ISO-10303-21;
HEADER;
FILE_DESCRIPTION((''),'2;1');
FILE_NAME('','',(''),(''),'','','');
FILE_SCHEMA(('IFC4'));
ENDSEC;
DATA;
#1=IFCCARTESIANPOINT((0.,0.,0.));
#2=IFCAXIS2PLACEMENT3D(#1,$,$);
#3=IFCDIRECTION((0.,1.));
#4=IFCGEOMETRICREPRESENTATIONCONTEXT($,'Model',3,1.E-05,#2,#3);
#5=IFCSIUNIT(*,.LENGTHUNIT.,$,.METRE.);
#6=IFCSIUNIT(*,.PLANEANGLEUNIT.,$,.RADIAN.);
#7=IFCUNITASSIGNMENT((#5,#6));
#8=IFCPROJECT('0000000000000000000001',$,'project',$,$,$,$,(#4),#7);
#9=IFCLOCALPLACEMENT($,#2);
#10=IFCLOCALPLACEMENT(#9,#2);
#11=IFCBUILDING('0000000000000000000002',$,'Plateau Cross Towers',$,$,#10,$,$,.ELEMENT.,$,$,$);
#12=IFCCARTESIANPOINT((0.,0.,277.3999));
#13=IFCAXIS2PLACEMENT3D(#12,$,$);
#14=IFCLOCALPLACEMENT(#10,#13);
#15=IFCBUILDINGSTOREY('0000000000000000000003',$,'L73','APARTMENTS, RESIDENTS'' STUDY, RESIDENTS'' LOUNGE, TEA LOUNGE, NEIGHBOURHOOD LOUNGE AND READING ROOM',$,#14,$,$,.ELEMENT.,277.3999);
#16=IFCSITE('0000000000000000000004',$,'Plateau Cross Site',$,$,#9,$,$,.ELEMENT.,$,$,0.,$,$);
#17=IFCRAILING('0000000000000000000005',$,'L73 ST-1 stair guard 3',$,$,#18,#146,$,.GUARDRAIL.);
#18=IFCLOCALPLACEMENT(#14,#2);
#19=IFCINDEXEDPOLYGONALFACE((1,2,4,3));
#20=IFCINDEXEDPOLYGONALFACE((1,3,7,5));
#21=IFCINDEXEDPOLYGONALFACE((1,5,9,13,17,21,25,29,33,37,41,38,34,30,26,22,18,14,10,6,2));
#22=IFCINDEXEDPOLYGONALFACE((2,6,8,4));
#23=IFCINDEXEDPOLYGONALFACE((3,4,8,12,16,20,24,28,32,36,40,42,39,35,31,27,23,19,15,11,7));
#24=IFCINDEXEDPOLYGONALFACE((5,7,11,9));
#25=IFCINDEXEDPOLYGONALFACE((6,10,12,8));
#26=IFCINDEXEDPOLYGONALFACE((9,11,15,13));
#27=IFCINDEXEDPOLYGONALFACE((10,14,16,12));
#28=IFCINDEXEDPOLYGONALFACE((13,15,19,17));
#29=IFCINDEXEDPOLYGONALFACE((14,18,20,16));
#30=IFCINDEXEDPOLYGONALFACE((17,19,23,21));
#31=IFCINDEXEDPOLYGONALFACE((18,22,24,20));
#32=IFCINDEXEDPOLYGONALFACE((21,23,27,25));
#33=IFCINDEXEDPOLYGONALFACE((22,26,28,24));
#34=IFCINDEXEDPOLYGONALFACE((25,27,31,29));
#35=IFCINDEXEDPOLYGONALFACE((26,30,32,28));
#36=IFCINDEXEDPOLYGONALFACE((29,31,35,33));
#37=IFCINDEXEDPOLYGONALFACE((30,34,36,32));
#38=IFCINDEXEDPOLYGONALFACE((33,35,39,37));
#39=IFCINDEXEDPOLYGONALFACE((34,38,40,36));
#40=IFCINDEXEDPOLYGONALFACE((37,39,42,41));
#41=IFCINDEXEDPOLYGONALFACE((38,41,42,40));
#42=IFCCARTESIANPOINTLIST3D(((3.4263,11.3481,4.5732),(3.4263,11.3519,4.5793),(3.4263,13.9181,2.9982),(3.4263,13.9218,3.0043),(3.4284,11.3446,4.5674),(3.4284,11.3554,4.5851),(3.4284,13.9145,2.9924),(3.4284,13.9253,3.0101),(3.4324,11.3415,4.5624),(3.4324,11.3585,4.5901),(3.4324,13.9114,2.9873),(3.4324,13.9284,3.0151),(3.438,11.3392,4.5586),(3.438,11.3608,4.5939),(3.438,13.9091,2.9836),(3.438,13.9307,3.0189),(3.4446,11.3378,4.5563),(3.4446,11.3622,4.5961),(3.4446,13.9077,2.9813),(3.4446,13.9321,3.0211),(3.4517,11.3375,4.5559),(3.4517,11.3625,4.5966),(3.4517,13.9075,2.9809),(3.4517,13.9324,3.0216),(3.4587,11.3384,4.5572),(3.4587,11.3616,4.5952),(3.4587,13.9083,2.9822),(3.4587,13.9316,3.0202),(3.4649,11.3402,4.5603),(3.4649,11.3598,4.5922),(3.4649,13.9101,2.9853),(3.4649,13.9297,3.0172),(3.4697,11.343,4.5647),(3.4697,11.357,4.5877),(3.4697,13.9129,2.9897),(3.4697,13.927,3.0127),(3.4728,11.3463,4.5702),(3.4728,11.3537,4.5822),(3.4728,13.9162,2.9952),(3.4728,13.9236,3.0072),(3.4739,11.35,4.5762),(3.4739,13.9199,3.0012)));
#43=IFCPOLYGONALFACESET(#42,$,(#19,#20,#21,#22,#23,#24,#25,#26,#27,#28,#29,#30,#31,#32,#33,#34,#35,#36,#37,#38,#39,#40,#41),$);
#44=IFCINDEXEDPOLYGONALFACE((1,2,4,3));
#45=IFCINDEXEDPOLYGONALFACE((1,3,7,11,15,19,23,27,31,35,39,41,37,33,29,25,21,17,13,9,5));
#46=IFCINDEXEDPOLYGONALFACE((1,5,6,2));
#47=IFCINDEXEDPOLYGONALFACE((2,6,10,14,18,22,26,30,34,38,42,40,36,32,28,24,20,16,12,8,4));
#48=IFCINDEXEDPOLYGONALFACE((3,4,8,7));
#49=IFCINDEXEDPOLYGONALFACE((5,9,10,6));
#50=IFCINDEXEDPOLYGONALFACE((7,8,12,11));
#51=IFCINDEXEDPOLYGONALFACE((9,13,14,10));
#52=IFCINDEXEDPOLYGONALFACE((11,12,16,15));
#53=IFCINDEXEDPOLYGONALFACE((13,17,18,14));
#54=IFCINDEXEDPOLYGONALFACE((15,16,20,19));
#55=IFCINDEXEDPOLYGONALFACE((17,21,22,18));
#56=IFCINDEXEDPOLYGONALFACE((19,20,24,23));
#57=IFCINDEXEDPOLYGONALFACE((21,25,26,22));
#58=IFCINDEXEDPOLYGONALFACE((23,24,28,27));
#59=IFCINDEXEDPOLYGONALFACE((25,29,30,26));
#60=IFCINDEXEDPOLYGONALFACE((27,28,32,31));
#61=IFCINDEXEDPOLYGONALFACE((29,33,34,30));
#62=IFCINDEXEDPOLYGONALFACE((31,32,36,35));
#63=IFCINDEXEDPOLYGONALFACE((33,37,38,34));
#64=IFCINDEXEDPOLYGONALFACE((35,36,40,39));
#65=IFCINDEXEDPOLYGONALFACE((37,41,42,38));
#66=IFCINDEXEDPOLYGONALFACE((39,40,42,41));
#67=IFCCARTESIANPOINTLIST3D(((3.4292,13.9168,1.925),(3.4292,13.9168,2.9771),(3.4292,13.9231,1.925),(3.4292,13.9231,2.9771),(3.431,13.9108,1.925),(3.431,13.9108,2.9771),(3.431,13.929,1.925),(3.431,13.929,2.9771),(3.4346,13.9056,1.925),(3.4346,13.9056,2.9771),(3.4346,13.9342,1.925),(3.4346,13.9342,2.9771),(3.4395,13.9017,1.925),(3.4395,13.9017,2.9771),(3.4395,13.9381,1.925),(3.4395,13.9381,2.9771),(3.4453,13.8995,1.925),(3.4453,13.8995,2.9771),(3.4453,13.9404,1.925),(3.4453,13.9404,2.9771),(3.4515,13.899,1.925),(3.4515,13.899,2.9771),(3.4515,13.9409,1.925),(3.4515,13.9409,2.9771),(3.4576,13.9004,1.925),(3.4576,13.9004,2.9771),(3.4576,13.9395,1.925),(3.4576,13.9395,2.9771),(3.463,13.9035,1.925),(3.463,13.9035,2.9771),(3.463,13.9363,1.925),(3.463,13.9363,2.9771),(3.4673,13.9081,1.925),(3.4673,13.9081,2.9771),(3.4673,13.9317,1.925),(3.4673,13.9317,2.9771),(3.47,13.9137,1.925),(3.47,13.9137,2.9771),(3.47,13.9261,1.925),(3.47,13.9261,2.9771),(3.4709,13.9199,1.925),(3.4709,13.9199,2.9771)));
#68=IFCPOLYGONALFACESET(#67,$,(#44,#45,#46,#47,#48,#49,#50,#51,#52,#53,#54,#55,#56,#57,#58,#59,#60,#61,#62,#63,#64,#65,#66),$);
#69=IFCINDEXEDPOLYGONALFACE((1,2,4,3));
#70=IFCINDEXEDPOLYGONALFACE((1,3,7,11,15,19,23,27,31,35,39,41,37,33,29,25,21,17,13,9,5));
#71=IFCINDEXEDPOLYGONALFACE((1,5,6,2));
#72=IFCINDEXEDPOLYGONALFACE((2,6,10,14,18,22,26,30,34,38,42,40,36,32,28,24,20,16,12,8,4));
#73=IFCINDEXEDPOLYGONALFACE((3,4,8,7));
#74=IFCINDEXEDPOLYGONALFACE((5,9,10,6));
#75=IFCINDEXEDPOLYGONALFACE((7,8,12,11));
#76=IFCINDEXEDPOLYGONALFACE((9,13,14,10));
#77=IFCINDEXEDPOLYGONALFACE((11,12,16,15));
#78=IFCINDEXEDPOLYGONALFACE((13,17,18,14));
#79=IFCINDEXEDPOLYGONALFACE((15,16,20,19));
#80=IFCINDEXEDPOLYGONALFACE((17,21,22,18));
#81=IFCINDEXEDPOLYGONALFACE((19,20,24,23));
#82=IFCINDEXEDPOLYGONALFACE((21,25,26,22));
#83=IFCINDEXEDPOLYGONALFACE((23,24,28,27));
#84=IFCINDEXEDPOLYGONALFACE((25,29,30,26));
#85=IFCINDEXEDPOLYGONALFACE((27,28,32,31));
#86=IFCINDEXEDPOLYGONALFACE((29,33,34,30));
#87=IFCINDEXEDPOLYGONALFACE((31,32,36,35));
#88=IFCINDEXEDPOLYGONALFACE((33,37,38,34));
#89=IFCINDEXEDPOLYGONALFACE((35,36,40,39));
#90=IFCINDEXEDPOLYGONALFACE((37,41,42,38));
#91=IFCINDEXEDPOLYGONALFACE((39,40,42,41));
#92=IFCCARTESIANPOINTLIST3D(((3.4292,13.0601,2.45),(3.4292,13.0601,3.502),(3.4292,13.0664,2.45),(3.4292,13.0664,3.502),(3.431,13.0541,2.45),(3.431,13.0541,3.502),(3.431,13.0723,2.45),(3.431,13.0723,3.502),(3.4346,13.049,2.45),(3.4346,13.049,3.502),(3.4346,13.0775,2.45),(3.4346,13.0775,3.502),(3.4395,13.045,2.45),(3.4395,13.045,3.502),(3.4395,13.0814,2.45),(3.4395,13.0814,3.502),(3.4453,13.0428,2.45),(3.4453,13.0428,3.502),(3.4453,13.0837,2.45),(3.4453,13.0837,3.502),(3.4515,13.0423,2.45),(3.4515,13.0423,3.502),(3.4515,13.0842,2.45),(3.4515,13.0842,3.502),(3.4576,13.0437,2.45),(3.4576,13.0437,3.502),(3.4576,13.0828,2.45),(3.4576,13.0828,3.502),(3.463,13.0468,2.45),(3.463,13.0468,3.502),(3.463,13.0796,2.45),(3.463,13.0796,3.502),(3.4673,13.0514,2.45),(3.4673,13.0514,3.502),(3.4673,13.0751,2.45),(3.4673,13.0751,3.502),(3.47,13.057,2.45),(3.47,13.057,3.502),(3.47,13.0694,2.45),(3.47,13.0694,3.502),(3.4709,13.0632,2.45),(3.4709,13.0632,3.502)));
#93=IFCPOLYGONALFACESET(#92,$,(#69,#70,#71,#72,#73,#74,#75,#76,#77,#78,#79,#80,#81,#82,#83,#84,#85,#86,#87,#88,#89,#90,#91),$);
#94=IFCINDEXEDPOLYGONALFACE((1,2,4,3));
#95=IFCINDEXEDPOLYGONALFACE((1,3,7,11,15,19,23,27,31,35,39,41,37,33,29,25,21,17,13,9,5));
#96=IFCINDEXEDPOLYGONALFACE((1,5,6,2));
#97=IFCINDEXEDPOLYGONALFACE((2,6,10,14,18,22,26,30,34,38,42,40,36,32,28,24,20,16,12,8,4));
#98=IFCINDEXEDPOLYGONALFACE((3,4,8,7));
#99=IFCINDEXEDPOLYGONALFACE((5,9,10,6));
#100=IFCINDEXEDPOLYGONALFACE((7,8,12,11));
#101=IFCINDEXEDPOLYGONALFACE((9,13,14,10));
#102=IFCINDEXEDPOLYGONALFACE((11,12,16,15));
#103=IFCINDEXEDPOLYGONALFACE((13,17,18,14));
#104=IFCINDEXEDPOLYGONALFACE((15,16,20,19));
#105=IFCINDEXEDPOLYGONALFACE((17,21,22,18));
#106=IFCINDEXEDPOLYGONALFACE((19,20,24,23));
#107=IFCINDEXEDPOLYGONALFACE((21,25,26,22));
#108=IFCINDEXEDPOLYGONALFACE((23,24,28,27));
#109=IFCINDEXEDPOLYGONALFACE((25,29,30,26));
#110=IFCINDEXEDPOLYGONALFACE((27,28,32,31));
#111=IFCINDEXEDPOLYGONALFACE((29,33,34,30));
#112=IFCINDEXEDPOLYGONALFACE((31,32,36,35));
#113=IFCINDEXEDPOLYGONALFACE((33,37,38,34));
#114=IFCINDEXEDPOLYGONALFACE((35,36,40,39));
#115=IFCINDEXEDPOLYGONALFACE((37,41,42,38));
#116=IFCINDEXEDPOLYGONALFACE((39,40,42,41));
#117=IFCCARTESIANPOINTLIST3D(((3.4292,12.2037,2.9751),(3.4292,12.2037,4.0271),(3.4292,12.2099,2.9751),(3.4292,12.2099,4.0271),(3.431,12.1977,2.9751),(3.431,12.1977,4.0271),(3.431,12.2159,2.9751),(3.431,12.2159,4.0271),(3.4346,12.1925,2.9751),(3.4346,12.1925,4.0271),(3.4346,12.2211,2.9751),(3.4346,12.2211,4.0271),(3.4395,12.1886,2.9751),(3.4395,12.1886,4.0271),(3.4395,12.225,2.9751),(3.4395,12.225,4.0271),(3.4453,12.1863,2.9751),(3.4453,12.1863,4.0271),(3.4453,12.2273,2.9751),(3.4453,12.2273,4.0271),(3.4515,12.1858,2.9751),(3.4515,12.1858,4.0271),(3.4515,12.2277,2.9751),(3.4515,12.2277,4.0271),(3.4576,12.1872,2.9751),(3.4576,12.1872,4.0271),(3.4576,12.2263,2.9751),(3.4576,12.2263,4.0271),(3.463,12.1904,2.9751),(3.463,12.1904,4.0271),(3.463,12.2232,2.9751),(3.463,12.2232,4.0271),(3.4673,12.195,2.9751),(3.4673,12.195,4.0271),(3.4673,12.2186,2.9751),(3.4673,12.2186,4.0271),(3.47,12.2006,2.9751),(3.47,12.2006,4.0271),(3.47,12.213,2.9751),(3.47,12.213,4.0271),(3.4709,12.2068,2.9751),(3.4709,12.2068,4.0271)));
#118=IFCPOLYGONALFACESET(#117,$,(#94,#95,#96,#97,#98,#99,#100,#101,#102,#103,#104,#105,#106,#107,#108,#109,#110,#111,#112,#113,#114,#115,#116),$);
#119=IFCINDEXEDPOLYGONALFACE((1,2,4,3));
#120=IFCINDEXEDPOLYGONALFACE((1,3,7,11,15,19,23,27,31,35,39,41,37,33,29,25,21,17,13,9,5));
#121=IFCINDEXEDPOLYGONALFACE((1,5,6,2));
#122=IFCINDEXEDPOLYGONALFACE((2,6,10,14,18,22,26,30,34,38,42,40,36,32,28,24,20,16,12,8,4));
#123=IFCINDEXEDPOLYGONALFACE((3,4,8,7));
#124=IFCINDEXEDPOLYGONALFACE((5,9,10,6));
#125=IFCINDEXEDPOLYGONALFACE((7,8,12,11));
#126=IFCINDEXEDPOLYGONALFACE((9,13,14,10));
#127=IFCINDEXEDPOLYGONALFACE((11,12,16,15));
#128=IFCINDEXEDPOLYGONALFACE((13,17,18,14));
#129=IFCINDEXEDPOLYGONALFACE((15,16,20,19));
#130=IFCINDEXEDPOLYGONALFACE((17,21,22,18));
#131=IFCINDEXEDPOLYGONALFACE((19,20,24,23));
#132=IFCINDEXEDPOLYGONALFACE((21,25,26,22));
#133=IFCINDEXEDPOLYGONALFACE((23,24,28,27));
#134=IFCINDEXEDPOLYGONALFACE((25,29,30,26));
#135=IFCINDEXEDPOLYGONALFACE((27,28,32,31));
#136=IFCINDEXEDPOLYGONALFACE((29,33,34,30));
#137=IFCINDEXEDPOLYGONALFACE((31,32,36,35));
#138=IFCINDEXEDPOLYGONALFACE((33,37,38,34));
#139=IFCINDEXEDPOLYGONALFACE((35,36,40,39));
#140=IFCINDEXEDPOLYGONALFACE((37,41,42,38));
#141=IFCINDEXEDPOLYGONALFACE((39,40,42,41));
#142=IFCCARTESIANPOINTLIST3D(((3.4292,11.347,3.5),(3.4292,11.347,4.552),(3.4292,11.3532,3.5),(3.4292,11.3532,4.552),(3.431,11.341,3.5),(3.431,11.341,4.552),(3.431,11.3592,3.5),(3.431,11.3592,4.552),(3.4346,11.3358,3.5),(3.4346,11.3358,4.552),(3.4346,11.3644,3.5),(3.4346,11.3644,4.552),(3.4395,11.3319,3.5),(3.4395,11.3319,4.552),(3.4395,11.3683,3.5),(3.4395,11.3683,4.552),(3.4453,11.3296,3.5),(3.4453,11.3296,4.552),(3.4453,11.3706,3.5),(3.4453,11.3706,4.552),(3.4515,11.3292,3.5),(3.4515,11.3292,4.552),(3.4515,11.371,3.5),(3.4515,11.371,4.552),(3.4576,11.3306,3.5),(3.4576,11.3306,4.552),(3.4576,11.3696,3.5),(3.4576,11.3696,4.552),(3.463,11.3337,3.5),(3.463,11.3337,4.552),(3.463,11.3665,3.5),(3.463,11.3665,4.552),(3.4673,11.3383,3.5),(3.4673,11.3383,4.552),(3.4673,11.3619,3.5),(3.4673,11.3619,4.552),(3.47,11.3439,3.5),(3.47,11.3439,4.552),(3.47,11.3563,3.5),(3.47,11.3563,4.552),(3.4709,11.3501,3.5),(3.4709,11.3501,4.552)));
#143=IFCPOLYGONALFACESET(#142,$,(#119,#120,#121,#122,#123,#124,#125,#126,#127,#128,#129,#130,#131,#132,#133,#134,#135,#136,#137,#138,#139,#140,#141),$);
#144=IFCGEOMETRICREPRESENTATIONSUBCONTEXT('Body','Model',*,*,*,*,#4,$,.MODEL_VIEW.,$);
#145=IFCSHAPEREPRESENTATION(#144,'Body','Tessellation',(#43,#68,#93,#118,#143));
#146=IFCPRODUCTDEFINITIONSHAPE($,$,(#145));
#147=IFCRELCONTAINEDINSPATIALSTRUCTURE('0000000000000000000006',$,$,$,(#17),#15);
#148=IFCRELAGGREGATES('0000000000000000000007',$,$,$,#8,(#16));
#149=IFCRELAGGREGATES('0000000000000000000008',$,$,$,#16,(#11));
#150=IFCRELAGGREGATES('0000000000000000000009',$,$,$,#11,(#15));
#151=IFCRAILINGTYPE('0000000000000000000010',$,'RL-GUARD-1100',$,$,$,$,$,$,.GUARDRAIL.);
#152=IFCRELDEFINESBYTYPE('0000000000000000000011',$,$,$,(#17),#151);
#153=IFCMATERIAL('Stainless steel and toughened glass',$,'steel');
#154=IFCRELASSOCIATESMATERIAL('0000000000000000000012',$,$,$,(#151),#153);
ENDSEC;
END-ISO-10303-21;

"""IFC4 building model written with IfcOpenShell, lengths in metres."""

from ifc_helpers import new_model, si_unit, direction, frame, origin, origin_2d, place, context, subcontext, project, spatial, circle, extrude, material, type_object, element, save


model = new_model("IFC4")

# Units and contexts
model_context = context("Model", 3, precision=1e-05, world=origin(), true_north=direction((0.0, 1.0)))
body_context = subcontext(model_context, "Body", "Model", "MODEL_VIEW")
ifc_project = project(units=[si_unit("LENGTHUNIT", "METRE"), si_unit("PLANEANGLEUNIT", "RADIAN")], contexts=[model_context])

# Site, building, storey
site_placement = place(None, origin())
site = spatial("IfcSite", under=ifc_project, at=site_placement, Name="Plateau Cross Site", CompositionType="ELEMENT", RefElevation=0.0)
building_placement = place(site_placement, origin())
building = spatial("IfcBuilding", under=site, at=building_placement, Name="Plateau Cross Towers", CompositionType="ELEMENT")
storey_placement = place(building_placement, frame((0.0, 0.0, 277.3999)))
storey = spatial("IfcBuildingStorey", under=building, at=storey_placement, Name="L73", Description="APARTMENTS, RESIDENTS' STUDY, RESIDENTS' LOUNGE, TEA LOUNGE, NEIGHBOURHOOD LOUNGE AND READING ROOM", CompositionType="ELEMENT", Elevation=277.3999)

# Railing
ifc_material_1 = material(Name="Stainless steel and toughened glass", Category="steel")
railing_type_1 = type_object("IfcRailingType", Name="RL-GUARD-1100", PredefinedType="GUARDRAIL", material=ifc_material_1)
railing_1_placement = place(storey_placement, frame((3.45, 13.9199, 1.925)))
element("IfcRailing", 1, at=railing_1_placement, inside=storey, type_object=railing_type_1, Name="L73 ST-1 stair guard 3", PredefinedType="GUARDRAIL", context=body_context, shape_type="SweptSolid", body=[
    extrude(circle(Radius=0.0239, at=origin_2d()), frame((0.0, 0.0, 1.0762), z_axis=(0.0, -0.852616, 0.522537), x_axis=(1.0, 0.0, 0.0)), (0.0, 0.0, 1.0), 3.0142),
    extrude(circle(Radius=0.021, at=origin_2d()), origin(), (0.0, 0.0, 1.0), 1.052),
    extrude(circle(Radius=0.021, at=origin_2d()), frame((0.0, -0.8567, 0.5249)), (0.0, 0.0, 1.0), 1.052),
    extrude(circle(Radius=0.021, at=origin_2d()), frame((0.0, -1.7131, 1.05)), (0.0, 0.0, 1.0), 1.052),
    extrude(circle(Radius=0.021, at=origin_2d()), frame((0.0, -2.5698, 1.575)), (0.0, 0.0, 1.0), 1.052),
])

save(model, "model.ifc")
